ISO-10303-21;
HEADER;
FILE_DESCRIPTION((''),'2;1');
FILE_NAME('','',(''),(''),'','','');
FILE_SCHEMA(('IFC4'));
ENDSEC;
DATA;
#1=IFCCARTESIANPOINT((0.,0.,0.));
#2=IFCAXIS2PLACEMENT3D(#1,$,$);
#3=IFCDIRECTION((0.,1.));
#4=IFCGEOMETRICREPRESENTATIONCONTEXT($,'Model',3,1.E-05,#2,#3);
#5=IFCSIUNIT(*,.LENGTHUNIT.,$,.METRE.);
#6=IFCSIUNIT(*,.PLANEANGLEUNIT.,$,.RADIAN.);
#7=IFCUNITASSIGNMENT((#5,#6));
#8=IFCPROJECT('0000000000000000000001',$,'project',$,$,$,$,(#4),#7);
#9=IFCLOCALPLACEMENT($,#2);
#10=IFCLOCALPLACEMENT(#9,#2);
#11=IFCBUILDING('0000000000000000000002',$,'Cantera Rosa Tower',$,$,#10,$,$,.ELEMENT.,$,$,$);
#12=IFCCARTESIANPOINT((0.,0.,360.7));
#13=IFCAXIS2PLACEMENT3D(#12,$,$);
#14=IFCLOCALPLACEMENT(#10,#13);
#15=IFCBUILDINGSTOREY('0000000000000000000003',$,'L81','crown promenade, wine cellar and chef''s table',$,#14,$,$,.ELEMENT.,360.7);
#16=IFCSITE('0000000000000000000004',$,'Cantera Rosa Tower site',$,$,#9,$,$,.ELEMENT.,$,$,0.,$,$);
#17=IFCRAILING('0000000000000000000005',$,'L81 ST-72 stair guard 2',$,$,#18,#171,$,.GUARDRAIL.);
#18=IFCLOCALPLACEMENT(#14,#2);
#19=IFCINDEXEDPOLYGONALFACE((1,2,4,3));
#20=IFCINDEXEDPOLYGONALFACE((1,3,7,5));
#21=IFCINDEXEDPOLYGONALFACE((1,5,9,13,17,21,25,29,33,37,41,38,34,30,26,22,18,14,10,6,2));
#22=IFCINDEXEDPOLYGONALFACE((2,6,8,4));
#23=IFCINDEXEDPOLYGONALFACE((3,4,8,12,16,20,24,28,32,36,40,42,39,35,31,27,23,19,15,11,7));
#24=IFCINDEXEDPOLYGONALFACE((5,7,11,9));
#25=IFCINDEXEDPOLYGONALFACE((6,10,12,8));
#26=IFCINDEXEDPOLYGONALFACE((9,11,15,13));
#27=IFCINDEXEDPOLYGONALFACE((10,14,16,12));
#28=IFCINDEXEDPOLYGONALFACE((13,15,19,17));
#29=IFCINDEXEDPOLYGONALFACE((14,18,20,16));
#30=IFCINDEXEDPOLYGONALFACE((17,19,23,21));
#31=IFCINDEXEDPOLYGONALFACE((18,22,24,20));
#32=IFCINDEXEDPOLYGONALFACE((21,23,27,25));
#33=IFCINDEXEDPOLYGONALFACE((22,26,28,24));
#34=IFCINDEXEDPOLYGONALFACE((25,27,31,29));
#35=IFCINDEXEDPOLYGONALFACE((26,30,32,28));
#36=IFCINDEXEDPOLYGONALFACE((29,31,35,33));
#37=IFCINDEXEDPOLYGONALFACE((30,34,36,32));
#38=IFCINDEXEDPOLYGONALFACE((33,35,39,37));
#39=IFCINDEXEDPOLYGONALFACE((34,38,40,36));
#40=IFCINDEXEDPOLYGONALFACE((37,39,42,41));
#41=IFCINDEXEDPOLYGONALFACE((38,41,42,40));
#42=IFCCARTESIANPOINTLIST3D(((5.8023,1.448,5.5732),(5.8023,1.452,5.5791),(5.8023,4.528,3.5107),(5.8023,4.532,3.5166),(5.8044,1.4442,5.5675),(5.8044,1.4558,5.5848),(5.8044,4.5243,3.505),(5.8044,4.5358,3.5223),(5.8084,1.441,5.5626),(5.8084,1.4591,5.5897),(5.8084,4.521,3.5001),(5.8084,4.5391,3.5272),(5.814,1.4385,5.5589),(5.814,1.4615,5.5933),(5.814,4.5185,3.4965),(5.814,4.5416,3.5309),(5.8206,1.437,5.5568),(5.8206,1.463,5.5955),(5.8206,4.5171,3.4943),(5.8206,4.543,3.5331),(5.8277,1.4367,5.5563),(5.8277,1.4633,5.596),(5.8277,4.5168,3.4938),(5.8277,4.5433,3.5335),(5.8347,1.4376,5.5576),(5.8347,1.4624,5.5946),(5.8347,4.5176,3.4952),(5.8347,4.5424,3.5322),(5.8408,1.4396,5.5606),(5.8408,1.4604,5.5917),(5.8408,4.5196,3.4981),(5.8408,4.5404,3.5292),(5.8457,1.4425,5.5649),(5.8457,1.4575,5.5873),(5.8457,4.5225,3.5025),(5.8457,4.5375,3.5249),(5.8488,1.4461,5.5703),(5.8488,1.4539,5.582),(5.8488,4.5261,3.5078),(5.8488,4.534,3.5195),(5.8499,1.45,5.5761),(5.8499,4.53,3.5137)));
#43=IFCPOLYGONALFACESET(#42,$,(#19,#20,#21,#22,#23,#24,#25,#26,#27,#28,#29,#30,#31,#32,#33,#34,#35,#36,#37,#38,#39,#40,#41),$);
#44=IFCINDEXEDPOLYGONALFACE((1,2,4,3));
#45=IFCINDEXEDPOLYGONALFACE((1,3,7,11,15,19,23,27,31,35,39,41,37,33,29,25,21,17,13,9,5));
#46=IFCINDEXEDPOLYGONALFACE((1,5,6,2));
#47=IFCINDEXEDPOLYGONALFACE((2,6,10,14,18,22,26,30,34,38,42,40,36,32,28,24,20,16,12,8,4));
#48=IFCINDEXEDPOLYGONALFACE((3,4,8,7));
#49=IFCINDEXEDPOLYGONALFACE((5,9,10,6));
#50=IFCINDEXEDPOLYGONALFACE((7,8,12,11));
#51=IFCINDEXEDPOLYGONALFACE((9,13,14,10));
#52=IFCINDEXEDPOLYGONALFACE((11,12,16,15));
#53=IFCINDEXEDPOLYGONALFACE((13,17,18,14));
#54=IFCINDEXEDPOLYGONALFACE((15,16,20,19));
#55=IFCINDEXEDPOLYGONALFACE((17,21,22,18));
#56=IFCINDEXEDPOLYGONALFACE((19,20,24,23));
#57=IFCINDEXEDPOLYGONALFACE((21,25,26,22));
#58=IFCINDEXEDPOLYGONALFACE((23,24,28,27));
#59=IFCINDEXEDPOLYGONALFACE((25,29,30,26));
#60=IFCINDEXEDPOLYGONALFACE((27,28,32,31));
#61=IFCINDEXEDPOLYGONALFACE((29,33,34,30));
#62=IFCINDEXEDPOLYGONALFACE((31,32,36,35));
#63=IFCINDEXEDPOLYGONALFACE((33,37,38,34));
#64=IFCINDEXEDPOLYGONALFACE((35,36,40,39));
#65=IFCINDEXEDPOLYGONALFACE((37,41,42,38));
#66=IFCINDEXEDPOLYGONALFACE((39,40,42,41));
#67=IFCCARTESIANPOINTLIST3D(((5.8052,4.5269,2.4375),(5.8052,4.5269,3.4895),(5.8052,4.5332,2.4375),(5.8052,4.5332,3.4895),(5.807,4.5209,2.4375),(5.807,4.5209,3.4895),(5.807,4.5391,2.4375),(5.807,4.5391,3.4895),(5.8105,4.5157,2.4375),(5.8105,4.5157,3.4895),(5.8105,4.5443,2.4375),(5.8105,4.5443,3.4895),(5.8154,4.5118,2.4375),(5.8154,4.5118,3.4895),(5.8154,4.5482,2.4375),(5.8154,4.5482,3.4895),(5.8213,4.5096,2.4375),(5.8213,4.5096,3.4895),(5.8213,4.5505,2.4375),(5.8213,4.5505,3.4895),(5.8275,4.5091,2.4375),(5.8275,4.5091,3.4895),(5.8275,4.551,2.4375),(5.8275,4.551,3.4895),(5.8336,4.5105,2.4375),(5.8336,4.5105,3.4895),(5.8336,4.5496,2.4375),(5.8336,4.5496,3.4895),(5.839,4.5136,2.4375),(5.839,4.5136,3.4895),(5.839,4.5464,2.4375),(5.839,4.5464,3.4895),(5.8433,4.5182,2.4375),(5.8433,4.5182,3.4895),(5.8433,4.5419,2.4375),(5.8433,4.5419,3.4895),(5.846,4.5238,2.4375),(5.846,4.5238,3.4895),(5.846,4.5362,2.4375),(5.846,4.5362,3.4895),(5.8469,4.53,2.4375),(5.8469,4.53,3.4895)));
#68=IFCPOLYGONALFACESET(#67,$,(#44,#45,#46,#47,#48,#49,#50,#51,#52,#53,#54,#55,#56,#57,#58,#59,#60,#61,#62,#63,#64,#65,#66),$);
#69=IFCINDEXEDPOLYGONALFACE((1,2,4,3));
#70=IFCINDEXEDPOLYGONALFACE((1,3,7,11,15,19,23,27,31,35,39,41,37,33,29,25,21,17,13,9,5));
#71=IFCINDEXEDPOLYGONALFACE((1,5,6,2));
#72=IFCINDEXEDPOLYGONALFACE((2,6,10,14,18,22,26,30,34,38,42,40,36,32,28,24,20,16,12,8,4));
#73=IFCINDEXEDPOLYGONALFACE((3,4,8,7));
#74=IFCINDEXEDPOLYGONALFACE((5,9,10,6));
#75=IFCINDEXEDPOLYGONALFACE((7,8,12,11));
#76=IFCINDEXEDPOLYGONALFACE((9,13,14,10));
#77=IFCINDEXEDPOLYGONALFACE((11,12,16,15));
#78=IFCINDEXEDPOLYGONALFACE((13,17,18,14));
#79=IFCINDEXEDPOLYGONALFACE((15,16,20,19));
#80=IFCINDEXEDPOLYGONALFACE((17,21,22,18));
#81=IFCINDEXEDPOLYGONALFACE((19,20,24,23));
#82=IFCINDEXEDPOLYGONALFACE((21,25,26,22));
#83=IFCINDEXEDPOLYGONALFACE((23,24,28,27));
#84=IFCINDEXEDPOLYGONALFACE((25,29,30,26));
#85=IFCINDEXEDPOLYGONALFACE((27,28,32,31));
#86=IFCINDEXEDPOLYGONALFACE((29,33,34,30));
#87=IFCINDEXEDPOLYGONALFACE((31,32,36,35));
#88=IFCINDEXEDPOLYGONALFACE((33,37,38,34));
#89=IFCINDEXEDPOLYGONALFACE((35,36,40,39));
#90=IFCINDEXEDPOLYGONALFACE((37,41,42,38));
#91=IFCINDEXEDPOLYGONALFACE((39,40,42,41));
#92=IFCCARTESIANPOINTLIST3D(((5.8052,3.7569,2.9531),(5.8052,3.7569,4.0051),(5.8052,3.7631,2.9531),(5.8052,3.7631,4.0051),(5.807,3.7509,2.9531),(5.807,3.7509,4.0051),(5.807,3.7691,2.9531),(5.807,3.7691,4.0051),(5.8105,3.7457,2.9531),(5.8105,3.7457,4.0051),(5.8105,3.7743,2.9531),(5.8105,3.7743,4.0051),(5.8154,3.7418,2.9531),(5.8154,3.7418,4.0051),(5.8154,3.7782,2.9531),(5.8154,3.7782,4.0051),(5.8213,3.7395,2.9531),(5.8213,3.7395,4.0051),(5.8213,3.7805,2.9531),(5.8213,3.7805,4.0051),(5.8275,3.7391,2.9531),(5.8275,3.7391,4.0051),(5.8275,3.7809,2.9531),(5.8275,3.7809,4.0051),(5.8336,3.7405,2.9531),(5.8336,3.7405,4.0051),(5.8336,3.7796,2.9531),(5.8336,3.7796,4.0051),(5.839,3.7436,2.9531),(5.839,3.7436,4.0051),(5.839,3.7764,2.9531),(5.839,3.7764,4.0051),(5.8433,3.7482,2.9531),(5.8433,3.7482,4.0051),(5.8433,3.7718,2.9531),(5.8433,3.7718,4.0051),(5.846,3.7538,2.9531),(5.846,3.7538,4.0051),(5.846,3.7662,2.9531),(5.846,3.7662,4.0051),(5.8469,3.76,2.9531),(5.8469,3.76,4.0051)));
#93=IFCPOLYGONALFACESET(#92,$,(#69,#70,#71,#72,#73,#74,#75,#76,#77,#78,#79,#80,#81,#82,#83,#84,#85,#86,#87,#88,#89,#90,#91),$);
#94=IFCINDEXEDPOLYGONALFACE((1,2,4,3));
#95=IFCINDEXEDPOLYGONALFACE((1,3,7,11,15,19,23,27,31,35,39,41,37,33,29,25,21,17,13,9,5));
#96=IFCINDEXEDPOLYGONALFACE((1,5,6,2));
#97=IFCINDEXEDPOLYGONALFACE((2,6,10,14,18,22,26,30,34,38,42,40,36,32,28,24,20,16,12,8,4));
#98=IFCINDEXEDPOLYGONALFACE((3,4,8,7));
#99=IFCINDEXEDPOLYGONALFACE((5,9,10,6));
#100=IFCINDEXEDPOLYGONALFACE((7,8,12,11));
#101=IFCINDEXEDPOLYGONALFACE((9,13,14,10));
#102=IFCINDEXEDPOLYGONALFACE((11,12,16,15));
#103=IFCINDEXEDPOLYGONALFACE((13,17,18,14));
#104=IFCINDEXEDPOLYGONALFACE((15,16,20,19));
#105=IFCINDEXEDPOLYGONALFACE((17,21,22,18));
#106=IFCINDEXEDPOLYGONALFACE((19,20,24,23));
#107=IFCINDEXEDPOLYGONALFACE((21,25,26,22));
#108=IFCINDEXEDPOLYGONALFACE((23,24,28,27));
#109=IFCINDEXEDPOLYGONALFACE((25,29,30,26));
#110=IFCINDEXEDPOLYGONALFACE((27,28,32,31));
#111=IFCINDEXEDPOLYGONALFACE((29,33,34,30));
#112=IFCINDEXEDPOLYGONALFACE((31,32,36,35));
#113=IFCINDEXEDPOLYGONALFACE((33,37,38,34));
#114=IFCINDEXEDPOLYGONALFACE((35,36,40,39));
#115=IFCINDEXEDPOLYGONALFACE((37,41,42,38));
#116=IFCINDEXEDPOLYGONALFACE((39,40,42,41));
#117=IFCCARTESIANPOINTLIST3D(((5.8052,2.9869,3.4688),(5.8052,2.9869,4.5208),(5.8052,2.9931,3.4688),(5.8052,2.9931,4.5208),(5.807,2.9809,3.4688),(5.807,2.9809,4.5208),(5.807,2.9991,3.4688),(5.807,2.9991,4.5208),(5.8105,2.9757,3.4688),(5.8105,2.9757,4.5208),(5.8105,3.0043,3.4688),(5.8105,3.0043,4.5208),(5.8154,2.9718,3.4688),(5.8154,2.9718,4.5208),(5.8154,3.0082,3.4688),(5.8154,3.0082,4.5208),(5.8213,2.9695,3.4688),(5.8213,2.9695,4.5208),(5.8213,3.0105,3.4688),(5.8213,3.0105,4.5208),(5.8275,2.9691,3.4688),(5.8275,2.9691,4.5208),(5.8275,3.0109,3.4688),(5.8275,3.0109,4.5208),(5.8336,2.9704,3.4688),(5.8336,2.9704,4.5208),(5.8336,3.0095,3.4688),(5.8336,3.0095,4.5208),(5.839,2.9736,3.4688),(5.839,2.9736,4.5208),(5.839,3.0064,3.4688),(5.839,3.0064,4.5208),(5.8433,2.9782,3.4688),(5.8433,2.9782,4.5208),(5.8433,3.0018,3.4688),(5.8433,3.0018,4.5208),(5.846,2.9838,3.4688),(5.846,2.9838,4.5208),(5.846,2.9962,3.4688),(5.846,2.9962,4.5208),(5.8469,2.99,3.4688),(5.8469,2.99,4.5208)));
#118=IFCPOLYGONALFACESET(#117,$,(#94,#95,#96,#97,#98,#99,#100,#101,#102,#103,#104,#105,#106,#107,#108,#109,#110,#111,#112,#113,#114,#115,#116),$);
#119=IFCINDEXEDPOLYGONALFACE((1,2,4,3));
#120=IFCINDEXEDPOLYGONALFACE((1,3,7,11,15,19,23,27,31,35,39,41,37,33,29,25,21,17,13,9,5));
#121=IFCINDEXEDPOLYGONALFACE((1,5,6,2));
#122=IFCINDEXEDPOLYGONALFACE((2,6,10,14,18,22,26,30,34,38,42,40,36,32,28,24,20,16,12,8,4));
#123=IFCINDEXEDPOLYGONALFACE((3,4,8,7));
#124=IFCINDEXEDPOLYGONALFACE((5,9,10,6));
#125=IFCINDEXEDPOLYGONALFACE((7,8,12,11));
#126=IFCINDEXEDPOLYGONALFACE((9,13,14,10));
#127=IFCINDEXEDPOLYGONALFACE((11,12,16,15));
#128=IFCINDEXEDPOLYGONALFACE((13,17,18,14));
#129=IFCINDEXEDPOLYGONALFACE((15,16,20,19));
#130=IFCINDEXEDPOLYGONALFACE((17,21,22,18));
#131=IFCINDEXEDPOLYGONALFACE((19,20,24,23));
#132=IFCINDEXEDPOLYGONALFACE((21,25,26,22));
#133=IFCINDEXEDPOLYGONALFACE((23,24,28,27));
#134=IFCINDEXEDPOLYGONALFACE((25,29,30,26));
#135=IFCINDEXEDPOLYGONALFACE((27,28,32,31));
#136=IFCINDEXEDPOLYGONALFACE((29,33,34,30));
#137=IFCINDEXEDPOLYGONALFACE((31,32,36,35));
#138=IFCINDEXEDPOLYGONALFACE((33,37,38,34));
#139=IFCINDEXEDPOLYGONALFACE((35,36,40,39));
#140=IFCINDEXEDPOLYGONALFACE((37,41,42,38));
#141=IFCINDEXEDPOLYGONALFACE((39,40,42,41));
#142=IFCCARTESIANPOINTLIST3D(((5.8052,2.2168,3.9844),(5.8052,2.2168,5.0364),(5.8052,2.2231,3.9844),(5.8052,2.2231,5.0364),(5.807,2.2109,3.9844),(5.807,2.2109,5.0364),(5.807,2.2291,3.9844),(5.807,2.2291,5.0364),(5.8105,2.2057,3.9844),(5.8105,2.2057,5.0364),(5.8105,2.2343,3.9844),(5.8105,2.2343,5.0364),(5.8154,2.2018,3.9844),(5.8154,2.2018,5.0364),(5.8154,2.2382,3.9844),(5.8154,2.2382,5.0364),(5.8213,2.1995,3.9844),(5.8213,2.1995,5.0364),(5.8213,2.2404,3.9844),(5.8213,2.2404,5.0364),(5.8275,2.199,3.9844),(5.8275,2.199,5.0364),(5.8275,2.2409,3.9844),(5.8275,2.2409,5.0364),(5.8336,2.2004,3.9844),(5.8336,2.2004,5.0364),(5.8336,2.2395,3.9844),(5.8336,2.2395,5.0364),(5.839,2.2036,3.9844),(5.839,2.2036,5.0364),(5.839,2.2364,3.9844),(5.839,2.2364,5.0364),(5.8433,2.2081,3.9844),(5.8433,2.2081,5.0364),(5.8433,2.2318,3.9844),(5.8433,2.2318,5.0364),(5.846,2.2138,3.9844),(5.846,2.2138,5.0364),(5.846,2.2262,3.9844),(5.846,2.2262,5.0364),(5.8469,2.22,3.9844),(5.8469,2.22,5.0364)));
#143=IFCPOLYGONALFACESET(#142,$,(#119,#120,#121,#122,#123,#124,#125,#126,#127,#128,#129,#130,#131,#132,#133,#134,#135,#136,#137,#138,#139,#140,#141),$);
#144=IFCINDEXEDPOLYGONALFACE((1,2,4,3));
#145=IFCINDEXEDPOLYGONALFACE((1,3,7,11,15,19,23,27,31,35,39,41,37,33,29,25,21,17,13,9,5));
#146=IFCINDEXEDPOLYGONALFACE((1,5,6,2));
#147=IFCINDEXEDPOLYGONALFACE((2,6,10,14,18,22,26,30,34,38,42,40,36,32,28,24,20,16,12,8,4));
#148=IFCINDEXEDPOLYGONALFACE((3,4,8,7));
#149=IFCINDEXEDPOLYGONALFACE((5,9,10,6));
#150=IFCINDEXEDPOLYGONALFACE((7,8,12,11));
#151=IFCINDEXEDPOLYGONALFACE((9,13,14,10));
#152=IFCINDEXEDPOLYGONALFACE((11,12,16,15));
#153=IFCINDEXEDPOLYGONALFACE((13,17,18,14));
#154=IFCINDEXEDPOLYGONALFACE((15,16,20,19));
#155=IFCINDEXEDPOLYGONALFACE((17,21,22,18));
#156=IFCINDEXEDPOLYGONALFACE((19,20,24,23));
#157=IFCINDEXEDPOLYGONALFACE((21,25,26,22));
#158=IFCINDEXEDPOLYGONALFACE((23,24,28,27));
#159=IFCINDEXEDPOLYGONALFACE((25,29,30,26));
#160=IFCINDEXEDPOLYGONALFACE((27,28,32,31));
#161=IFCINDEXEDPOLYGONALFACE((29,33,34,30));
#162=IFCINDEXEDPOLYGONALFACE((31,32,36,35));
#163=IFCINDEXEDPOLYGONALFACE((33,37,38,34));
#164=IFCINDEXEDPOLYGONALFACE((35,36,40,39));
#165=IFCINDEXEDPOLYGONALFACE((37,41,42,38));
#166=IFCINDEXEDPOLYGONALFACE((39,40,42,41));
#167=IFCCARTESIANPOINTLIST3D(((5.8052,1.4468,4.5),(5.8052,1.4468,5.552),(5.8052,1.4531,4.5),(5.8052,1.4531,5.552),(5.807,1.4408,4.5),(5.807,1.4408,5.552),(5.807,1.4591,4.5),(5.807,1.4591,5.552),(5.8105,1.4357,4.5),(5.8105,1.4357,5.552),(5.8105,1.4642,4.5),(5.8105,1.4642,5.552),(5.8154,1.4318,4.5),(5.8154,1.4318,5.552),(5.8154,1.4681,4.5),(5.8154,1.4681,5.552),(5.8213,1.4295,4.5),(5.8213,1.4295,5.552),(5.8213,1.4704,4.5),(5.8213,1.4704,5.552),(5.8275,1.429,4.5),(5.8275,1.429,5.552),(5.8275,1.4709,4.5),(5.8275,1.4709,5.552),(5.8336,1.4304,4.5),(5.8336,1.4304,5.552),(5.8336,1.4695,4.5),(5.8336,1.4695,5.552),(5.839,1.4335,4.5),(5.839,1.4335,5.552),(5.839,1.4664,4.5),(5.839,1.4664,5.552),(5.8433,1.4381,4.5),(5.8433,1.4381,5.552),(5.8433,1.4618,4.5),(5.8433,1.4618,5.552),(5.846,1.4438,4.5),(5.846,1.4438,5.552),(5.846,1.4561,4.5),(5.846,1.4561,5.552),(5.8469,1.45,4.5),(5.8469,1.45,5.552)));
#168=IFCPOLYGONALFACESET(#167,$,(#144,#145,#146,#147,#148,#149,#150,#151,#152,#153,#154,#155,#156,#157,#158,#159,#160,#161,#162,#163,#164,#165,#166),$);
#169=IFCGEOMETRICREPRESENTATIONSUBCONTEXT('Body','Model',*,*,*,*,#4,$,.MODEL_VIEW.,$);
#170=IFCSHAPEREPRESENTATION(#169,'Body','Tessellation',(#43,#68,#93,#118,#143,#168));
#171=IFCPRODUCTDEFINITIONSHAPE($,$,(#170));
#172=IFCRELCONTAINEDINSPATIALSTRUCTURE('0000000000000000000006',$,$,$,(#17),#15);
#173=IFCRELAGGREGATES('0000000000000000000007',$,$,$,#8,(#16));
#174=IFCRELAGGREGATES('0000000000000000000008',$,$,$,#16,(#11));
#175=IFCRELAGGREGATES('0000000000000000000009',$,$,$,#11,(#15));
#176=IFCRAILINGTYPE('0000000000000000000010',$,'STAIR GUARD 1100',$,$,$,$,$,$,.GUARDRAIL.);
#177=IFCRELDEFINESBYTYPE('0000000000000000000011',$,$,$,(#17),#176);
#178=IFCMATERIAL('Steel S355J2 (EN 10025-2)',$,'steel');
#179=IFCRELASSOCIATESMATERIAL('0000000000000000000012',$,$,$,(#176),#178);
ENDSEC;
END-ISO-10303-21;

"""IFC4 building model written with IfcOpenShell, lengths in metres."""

from ifc_helpers import new_model, si_unit, direction, frame, origin, origin_2d, place, context, subcontext, project, spatial, circle, extrude, material, type_object, element, save


model = new_model("IFC4")

# Units and contexts
model_context = context("Model", 3, precision=1e-05, world=origin(), true_north=direction((0.0, 1.0)))
body_context = subcontext(model_context, "Body", "Model", "MODEL_VIEW")
ifc_project = project(units=[si_unit("LENGTHUNIT", "METRE"), si_unit("PLANEANGLEUNIT", "RADIAN")], contexts=[model_context])

# Site, building, storey
site_placement = place(None, origin())
site = spatial("IfcSite", under=ifc_project, at=site_placement, Name="Cantera Rosa Tower site", CompositionType="ELEMENT", RefElevation=0.0)
building_placement = place(site_placement, origin())
building = spatial("IfcBuilding", under=site, at=building_placement, Name="Cantera Rosa Tower", CompositionType="ELEMENT")
storey_placement = place(building_placement, frame((0.0, 0.0, 360.7)))
storey = spatial("IfcBuildingStorey", under=building, at=storey_placement, Name="L81", Description="crown promenade, wine cellar and chef's table", CompositionType="ELEMENT", Elevation=360.7)

# Railing
ifc_material_1 = material(Name="Steel S355J2 (EN 10025-2)", Category="steel")
railing_type_1 = type_object("IfcRailingType", Name="STAIR GUARD 1100", PredefinedType="GUARDRAIL", material=ifc_material_1)
railing_1_placement = place(storey_placement, frame((5.8259, 4.53, 2.4375)))
element("IfcRailing", 1, at=railing_1_placement, inside=storey, type_object=railing_type_1, Name="L81 ST-72 stair guard 2", PredefinedType="GUARDRAIL", context=body_context, shape_type="SweptSolid", body=[
    extrude(circle(Radius=0.0239, at=origin_2d()), frame((0.0, 0.0, 1.0762), z_axis=(0.0, -0.830914, 0.556401), x_axis=(1.0, 0.0, 0.0)), (0.0, 0.0, 1.0), 3.7068),
    extrude(circle(Radius=0.021, at=origin_2d()), origin(), (0.0, 0.0, 1.0), 1.052),
    extrude(circle(Radius=0.021, at=origin_2d()), frame((0.0, -0.77, 0.5156)), (0.0, 0.0, 1.0), 1.052),
    extrude(circle(Radius=0.021, at=origin_2d()), frame((0.0, -1.54, 1.0312)), (0.0, 0.0, 1.0), 1.052),
    extrude(circle(Radius=0.021, at=origin_2d()), frame((0.0, -2.3101, 1.5469)), (0.0, 0.0, 1.0), 1.052),
    extrude(circle(Radius=0.021, at=origin_2d()), frame((0.0, -3.0801, 2.0625)), (0.0, 0.0, 1.0), 1.052),
])

save(model, "model.ifc")
